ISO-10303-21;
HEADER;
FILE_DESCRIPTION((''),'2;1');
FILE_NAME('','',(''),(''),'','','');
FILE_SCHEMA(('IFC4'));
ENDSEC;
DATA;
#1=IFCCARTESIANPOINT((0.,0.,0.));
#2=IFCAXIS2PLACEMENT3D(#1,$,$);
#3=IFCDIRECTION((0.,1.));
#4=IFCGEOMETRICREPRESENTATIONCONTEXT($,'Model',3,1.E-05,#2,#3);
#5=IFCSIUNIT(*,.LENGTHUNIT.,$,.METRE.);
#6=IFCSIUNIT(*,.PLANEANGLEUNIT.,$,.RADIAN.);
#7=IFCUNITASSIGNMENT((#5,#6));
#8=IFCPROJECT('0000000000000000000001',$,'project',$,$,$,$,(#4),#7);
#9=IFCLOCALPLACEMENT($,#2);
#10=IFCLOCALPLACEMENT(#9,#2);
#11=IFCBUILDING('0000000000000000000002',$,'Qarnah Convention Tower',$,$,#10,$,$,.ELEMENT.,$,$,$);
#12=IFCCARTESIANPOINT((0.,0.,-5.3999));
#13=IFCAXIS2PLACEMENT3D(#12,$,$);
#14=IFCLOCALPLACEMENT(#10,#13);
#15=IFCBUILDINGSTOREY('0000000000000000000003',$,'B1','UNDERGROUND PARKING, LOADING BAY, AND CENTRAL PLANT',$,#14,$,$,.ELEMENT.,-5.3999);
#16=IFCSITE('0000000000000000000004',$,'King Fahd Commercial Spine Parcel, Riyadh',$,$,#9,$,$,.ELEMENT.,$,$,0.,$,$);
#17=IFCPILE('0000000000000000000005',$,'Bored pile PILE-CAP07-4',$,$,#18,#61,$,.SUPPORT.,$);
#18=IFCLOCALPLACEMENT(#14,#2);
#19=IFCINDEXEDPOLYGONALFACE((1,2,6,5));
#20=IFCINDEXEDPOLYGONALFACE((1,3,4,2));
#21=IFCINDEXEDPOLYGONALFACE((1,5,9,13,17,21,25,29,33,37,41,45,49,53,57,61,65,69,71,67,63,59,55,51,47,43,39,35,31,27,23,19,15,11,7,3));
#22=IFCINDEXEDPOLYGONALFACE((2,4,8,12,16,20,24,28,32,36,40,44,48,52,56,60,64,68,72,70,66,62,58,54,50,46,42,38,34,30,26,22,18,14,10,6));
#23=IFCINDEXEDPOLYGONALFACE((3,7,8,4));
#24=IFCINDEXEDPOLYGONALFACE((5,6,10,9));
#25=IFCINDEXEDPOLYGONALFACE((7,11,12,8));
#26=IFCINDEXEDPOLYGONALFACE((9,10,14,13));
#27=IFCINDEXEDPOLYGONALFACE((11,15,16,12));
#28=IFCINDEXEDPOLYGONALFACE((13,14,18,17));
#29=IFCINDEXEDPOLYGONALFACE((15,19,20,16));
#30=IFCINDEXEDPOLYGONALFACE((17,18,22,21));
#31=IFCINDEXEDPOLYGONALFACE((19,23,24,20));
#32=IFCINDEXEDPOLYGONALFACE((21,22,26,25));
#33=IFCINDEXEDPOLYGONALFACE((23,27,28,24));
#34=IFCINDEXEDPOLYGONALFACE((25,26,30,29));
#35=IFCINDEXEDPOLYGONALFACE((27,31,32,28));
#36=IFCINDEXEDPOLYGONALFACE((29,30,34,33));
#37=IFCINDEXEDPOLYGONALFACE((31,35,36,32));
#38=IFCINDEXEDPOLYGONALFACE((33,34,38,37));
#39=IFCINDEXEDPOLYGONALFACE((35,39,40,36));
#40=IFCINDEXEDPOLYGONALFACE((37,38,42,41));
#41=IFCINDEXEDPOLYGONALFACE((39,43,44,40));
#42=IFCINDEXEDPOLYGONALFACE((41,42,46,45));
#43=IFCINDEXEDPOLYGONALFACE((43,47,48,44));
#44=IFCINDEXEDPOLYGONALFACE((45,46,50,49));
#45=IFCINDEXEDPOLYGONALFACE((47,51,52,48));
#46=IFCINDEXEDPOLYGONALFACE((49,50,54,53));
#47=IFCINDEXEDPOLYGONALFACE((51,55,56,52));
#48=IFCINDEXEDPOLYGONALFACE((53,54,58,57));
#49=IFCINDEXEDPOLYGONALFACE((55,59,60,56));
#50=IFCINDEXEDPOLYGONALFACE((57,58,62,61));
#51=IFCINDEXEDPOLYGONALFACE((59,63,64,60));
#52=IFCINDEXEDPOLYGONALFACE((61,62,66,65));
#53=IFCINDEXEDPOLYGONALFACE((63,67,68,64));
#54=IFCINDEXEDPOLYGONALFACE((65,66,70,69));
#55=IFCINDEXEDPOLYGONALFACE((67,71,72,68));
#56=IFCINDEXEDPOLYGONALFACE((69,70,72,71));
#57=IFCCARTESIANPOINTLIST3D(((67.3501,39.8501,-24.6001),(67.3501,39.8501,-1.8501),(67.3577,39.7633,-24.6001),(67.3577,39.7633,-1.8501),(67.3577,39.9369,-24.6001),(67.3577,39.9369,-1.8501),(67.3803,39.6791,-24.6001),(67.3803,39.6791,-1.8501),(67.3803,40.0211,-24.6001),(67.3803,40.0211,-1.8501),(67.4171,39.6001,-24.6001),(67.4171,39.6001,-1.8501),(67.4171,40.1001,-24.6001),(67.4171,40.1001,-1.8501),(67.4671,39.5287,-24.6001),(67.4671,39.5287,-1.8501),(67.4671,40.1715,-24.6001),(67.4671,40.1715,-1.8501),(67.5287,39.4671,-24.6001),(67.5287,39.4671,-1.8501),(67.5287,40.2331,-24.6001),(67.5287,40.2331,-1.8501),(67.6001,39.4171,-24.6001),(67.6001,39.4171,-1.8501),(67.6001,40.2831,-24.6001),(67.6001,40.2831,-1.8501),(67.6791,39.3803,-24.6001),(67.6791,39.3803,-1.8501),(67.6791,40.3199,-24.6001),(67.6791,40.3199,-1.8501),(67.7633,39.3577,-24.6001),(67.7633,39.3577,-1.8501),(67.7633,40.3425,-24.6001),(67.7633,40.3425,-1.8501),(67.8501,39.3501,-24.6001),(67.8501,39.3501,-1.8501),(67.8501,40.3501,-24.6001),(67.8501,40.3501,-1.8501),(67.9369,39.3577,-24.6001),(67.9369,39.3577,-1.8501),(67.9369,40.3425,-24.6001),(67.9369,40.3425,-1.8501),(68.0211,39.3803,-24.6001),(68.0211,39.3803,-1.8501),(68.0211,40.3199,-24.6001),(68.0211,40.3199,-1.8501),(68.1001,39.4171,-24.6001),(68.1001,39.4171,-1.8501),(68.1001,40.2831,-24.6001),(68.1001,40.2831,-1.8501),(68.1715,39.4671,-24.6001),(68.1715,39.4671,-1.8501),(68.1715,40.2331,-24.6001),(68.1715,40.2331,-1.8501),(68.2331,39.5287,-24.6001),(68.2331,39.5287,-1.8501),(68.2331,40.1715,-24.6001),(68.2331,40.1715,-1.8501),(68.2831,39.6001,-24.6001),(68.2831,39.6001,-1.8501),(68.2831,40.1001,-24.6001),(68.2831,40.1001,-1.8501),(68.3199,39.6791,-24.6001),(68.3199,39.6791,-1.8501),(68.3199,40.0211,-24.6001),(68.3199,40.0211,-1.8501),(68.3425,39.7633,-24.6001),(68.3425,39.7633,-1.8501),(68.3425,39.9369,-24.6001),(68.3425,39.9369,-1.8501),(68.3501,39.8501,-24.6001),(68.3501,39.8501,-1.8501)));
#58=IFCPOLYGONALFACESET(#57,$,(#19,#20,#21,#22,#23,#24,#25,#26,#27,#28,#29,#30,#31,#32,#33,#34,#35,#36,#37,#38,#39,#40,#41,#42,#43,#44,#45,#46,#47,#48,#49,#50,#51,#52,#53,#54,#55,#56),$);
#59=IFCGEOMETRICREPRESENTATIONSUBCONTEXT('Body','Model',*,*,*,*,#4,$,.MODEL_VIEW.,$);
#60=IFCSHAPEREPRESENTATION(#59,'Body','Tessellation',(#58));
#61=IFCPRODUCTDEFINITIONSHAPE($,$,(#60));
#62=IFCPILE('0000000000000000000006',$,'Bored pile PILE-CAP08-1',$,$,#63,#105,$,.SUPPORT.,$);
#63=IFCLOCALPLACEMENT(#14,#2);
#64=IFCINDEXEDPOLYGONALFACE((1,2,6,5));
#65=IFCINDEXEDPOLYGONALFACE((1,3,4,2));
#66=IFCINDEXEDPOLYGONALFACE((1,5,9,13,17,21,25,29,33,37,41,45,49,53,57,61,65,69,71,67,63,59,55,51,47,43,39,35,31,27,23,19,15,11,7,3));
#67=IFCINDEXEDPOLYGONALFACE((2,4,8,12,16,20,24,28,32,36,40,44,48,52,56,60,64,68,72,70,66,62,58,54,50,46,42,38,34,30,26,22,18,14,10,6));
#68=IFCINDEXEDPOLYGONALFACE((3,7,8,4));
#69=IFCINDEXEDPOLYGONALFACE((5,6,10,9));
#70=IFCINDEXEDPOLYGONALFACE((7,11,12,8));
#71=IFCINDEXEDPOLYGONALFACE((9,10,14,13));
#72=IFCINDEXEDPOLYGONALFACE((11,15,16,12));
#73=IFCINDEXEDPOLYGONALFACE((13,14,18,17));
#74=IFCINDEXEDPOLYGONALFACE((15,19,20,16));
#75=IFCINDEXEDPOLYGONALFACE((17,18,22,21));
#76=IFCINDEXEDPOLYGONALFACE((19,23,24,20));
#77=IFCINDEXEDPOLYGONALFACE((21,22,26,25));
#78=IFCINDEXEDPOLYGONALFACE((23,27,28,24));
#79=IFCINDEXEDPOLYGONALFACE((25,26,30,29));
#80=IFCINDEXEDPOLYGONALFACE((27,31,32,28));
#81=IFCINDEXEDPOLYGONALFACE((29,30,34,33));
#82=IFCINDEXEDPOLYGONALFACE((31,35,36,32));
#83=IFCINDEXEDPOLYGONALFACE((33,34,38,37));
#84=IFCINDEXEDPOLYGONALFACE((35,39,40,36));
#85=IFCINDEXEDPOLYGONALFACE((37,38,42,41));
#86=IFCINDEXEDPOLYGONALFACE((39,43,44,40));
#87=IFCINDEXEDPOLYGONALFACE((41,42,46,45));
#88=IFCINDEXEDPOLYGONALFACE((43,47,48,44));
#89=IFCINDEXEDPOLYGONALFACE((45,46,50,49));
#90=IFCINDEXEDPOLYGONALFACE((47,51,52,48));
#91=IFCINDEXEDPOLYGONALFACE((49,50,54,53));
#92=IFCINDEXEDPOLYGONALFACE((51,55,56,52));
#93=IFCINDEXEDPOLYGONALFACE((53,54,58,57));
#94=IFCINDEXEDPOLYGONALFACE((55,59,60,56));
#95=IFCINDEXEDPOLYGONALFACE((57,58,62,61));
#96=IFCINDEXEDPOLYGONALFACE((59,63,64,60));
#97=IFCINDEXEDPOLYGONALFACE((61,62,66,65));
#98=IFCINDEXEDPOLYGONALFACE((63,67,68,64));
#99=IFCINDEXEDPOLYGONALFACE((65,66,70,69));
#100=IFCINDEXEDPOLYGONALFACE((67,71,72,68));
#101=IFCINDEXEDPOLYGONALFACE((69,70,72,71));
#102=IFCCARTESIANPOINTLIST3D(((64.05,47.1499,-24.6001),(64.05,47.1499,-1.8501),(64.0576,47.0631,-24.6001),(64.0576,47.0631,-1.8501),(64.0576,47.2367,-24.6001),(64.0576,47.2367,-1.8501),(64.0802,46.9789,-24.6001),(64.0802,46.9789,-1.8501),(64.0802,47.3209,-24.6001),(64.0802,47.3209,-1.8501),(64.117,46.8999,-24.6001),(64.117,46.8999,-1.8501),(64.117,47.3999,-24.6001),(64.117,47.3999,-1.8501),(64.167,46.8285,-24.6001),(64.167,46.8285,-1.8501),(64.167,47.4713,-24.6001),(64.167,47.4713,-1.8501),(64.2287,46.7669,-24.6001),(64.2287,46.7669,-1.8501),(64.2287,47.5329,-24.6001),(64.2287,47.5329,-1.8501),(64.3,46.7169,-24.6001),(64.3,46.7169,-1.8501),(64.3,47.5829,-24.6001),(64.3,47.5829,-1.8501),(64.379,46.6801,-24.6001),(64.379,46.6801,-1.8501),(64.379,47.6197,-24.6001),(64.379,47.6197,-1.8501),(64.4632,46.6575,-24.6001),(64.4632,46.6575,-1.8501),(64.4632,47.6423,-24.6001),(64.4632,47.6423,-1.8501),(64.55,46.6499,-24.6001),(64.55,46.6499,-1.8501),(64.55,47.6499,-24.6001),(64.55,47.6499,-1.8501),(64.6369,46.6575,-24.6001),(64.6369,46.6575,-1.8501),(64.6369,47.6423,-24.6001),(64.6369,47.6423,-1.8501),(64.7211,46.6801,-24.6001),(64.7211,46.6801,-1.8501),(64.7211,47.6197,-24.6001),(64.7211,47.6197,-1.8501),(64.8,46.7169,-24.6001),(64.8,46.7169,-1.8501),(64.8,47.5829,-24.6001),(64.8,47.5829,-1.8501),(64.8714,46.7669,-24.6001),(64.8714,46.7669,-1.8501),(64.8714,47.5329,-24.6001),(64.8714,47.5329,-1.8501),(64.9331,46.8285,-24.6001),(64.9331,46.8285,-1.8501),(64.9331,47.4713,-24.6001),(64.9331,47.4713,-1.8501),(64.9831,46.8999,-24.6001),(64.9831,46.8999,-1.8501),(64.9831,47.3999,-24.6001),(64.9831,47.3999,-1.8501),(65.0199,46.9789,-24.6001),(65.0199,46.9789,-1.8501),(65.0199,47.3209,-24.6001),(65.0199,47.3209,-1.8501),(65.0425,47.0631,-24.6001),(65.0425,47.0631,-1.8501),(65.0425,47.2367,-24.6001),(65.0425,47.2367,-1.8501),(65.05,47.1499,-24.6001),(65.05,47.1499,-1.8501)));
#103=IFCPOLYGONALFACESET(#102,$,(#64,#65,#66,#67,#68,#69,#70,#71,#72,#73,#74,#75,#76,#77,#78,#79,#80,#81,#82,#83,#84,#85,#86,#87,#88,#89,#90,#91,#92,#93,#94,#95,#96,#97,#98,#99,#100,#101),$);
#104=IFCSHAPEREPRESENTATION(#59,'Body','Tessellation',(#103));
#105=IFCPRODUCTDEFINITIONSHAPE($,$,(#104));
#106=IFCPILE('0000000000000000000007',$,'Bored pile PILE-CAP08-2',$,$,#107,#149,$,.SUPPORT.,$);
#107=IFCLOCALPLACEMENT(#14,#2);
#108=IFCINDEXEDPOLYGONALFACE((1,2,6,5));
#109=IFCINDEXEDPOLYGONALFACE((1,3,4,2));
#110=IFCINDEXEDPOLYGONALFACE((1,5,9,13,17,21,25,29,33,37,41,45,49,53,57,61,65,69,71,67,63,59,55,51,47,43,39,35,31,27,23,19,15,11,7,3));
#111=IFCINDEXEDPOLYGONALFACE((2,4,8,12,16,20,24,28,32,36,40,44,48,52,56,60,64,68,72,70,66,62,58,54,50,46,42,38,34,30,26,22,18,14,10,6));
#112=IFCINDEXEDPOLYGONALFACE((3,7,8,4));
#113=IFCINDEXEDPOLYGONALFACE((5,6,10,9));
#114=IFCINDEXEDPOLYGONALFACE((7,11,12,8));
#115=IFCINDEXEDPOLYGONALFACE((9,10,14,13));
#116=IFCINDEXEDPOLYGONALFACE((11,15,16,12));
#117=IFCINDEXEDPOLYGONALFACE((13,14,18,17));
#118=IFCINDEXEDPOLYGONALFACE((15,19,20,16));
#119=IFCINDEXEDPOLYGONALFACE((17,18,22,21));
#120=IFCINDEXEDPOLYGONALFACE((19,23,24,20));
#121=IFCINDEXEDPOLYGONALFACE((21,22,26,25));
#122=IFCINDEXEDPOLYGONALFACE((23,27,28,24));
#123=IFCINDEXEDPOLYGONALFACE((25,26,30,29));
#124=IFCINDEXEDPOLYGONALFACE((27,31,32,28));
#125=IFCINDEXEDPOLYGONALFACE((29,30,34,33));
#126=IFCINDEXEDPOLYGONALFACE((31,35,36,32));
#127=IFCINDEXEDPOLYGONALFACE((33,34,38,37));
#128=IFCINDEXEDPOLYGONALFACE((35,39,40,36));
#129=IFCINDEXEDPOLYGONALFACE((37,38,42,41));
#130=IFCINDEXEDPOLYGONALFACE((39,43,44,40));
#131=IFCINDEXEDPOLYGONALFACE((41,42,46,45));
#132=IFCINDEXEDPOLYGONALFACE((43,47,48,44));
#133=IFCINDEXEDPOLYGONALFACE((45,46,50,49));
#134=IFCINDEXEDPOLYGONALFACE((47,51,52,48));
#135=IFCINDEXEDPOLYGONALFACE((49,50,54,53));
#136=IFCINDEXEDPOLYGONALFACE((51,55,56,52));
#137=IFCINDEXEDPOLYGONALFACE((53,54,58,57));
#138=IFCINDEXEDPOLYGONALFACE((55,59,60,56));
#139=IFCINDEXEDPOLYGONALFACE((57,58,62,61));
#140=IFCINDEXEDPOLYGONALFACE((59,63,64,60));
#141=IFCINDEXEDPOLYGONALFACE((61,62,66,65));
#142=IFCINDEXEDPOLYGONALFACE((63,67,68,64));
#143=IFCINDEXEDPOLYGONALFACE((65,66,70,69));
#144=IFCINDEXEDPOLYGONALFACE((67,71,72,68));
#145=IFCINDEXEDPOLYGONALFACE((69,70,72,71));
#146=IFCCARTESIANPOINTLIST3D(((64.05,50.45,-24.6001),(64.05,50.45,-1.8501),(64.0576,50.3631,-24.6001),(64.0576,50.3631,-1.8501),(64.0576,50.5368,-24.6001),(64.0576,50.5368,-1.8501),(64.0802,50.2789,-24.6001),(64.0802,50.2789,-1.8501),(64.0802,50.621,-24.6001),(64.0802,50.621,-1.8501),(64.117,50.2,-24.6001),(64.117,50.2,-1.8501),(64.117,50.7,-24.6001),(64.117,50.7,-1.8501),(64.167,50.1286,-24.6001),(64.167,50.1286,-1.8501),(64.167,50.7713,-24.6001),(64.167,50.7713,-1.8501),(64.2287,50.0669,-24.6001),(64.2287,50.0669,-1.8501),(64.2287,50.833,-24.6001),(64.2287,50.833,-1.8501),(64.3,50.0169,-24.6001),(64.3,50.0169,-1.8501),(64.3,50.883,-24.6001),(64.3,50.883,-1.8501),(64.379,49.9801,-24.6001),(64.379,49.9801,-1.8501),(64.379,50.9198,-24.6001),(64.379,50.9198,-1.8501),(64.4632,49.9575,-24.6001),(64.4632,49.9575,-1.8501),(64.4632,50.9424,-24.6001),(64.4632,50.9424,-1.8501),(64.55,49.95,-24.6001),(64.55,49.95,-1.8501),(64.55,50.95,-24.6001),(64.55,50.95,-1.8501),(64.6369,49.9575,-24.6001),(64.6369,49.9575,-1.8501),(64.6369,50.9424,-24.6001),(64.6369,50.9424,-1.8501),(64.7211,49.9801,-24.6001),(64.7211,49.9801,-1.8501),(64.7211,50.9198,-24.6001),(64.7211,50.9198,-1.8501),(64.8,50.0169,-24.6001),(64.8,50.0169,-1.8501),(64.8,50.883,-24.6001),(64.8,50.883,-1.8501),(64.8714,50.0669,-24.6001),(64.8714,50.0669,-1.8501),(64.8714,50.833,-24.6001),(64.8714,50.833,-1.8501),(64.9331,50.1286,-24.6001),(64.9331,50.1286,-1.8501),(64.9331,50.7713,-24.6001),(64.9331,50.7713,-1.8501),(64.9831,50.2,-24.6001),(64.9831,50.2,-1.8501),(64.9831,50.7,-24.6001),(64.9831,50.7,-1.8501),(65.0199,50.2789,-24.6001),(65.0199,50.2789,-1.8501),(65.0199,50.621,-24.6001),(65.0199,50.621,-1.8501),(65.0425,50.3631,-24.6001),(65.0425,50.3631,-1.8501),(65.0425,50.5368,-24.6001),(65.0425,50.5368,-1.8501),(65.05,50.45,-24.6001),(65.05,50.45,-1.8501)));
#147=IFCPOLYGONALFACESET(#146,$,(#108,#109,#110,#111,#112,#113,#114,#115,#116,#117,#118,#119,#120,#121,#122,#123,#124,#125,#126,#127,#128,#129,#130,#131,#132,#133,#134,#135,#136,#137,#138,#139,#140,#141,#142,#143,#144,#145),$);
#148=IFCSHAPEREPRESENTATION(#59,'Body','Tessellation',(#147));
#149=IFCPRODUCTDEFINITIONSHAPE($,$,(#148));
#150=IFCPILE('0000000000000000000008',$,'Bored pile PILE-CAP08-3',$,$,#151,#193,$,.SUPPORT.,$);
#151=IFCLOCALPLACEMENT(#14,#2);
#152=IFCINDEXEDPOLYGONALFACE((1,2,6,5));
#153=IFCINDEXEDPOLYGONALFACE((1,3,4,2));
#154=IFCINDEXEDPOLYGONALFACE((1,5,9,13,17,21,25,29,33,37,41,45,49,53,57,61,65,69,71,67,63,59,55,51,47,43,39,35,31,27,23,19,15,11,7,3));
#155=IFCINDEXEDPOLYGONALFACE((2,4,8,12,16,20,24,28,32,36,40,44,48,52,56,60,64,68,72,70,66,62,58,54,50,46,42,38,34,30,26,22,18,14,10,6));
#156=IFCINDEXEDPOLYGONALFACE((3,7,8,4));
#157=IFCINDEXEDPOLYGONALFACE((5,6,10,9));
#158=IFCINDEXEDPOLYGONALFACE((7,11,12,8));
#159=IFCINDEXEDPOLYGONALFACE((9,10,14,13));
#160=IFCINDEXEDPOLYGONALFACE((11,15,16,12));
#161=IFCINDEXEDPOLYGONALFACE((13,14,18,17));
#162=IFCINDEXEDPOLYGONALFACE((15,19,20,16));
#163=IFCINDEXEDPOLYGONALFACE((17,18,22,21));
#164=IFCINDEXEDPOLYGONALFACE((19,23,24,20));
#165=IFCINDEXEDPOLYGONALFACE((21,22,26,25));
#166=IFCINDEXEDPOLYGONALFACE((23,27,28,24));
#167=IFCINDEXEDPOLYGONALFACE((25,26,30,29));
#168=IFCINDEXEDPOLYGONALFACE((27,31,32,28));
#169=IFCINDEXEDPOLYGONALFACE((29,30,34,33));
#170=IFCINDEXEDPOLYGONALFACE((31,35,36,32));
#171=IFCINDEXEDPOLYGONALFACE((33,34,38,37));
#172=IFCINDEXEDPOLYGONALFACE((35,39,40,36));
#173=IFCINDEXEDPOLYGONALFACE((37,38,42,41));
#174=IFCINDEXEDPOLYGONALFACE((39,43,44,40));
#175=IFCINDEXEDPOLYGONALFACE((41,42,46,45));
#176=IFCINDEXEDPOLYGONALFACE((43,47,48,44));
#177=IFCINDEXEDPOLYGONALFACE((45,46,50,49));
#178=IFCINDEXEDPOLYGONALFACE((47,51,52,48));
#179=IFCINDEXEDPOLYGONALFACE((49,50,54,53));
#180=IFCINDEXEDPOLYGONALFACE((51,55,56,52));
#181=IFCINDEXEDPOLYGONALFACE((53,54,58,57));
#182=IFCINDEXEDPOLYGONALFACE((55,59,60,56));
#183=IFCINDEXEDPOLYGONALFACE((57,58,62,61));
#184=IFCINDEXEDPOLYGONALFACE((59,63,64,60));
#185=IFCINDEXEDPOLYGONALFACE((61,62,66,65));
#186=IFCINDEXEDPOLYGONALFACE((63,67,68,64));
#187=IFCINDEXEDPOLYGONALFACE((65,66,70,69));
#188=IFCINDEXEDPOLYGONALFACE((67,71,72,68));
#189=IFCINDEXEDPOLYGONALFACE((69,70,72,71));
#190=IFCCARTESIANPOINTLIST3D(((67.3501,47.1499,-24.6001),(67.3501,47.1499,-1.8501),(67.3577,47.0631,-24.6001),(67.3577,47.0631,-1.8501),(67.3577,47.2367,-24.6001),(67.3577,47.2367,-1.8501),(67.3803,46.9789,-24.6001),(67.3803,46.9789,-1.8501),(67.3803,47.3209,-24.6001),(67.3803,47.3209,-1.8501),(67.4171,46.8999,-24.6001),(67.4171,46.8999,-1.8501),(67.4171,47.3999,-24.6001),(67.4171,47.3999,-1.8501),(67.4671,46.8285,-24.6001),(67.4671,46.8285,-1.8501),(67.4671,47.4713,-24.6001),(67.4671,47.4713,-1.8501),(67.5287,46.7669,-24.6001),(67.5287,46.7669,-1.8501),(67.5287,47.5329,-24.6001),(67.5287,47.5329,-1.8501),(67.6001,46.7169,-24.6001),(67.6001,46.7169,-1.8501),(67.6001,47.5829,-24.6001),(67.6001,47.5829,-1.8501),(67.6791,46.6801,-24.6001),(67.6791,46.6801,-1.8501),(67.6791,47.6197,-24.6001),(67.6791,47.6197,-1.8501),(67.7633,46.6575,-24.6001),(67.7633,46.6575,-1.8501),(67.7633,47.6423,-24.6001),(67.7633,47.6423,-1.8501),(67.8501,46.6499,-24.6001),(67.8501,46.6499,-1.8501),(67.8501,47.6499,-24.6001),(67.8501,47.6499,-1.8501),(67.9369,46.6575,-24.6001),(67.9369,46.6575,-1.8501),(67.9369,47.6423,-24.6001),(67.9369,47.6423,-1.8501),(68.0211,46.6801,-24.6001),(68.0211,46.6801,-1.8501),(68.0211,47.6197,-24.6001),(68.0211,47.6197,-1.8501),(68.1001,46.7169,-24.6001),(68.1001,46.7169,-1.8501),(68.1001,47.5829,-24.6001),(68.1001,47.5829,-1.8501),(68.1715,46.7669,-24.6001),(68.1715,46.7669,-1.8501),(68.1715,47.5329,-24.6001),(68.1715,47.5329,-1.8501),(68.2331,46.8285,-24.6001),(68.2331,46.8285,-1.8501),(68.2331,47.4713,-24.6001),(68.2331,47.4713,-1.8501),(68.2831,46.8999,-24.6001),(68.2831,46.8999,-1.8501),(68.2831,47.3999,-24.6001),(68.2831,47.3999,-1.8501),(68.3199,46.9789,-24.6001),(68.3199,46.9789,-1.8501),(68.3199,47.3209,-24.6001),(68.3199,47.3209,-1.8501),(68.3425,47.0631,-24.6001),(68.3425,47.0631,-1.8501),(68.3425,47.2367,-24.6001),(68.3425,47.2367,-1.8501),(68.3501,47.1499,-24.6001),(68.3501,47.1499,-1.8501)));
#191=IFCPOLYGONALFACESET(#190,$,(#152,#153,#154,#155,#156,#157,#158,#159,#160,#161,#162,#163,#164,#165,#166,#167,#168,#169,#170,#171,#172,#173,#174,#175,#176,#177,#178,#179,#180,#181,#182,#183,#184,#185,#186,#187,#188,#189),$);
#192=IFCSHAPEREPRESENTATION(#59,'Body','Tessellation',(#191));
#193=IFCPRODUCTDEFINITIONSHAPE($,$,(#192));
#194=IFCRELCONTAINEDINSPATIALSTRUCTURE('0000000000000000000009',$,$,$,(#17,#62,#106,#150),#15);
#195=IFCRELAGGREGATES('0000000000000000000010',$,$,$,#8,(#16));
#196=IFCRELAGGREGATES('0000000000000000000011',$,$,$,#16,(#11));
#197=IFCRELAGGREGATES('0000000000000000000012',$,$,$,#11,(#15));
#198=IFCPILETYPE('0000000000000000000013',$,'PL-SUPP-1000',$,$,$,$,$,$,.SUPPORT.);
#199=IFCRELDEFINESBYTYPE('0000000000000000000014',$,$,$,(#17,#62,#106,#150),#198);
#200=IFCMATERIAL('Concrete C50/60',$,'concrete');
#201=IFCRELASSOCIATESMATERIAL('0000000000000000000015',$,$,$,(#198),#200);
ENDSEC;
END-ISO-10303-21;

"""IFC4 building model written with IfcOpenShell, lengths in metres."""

from ifc_helpers import new_model, si_unit, direction, frame, origin, origin_2d, place, context, subcontext, project, spatial, circle, extrude, material, material_profile, profile_set, type_object, element, save


model = new_model("IFC4")

# Units and contexts
model_context = context("Model", 3, precision=1e-05, world=origin(), true_north=direction((0.0, 1.0)))
body_context = subcontext(model_context, "Body", "Model", "MODEL_VIEW")
ifc_project = project(units=[si_unit("LENGTHUNIT", "METRE"), si_unit("PLANEANGLEUNIT", "RADIAN")], contexts=[model_context])

# Site, building, storey
site_placement = place(None, origin())
site = spatial("IfcSite", under=ifc_project, at=site_placement, Name="King Fahd Commercial Spine Parcel, Riyadh", CompositionType="ELEMENT", RefElevation=0.0)
building_placement = place(site_placement, origin())
building = spatial("IfcBuilding", under=site, at=building_placement, Name="Qarnah Convention Tower", CompositionType="ELEMENT")
storey_placement = place(building_placement, frame((0.0, 0.0, -5.3999)))
storey = spatial("IfcBuildingStorey", under=building, at=storey_placement, Name="B1", Description="UNDERGROUND PARKING, LOADING BAY, AND CENTRAL PLANT", CompositionType="ELEMENT", Elevation=-5.3999)

# Shared definitions
ifc_material_1 = material(Name="Concrete C50/60", Category="concrete")

# Piles
ifc_material_profile_1 = material_profile(ifc_material_1, circle(Radius=0.5, at=origin_2d()), Name="PILE-D1000")
ifc_profile_set_1 = profile_set([ifc_material_profile_1], Name="Concrete C50/60")
pile_type_1 = type_object("IfcPileType", Name="PL-SUPP-1000", PredefinedType="SUPPORT", material=ifc_profile_set_1)
for number, where, z_axis, x_axis, name in (
    (1, (67.8501, 39.8501, -1.8501), (0.0, 0.0, -1.0), (1.0, 0.0, 0.0), "Bored pile PILE-CAP07-4"),
    (2, (64.55, 47.1499, -1.8501), (0.0, 0.0, -1.0), (1.0, 0.0, 0.0), "Bored pile PILE-CAP08-1"),
    (3, (64.55, 50.45, -1.8501), (0.0, 0.0, -1.0), (1.0, 0.0, 0.0), "Bored pile PILE-CAP08-2"),
    (4, (67.8501, 47.1499, -1.8501), (0.0, 0.0, -1.0), (1.0, 0.0, 0.0), "Bored pile PILE-CAP08-3"),
):
    element("IfcPile", number, at=place(storey_placement, frame(where, z_axis=z_axis, x_axis=x_axis)), inside=storey, type_object=pile_type_1, Name=name, PredefinedType="SUPPORT", context=body_context, shape_type="SweptSolid", body=[
        extrude(circle(Radius=0.5, at=origin_2d()), origin(), (0.0, 0.0, 1.0), 22.75),
    ])

save(model, "model.ifc")
